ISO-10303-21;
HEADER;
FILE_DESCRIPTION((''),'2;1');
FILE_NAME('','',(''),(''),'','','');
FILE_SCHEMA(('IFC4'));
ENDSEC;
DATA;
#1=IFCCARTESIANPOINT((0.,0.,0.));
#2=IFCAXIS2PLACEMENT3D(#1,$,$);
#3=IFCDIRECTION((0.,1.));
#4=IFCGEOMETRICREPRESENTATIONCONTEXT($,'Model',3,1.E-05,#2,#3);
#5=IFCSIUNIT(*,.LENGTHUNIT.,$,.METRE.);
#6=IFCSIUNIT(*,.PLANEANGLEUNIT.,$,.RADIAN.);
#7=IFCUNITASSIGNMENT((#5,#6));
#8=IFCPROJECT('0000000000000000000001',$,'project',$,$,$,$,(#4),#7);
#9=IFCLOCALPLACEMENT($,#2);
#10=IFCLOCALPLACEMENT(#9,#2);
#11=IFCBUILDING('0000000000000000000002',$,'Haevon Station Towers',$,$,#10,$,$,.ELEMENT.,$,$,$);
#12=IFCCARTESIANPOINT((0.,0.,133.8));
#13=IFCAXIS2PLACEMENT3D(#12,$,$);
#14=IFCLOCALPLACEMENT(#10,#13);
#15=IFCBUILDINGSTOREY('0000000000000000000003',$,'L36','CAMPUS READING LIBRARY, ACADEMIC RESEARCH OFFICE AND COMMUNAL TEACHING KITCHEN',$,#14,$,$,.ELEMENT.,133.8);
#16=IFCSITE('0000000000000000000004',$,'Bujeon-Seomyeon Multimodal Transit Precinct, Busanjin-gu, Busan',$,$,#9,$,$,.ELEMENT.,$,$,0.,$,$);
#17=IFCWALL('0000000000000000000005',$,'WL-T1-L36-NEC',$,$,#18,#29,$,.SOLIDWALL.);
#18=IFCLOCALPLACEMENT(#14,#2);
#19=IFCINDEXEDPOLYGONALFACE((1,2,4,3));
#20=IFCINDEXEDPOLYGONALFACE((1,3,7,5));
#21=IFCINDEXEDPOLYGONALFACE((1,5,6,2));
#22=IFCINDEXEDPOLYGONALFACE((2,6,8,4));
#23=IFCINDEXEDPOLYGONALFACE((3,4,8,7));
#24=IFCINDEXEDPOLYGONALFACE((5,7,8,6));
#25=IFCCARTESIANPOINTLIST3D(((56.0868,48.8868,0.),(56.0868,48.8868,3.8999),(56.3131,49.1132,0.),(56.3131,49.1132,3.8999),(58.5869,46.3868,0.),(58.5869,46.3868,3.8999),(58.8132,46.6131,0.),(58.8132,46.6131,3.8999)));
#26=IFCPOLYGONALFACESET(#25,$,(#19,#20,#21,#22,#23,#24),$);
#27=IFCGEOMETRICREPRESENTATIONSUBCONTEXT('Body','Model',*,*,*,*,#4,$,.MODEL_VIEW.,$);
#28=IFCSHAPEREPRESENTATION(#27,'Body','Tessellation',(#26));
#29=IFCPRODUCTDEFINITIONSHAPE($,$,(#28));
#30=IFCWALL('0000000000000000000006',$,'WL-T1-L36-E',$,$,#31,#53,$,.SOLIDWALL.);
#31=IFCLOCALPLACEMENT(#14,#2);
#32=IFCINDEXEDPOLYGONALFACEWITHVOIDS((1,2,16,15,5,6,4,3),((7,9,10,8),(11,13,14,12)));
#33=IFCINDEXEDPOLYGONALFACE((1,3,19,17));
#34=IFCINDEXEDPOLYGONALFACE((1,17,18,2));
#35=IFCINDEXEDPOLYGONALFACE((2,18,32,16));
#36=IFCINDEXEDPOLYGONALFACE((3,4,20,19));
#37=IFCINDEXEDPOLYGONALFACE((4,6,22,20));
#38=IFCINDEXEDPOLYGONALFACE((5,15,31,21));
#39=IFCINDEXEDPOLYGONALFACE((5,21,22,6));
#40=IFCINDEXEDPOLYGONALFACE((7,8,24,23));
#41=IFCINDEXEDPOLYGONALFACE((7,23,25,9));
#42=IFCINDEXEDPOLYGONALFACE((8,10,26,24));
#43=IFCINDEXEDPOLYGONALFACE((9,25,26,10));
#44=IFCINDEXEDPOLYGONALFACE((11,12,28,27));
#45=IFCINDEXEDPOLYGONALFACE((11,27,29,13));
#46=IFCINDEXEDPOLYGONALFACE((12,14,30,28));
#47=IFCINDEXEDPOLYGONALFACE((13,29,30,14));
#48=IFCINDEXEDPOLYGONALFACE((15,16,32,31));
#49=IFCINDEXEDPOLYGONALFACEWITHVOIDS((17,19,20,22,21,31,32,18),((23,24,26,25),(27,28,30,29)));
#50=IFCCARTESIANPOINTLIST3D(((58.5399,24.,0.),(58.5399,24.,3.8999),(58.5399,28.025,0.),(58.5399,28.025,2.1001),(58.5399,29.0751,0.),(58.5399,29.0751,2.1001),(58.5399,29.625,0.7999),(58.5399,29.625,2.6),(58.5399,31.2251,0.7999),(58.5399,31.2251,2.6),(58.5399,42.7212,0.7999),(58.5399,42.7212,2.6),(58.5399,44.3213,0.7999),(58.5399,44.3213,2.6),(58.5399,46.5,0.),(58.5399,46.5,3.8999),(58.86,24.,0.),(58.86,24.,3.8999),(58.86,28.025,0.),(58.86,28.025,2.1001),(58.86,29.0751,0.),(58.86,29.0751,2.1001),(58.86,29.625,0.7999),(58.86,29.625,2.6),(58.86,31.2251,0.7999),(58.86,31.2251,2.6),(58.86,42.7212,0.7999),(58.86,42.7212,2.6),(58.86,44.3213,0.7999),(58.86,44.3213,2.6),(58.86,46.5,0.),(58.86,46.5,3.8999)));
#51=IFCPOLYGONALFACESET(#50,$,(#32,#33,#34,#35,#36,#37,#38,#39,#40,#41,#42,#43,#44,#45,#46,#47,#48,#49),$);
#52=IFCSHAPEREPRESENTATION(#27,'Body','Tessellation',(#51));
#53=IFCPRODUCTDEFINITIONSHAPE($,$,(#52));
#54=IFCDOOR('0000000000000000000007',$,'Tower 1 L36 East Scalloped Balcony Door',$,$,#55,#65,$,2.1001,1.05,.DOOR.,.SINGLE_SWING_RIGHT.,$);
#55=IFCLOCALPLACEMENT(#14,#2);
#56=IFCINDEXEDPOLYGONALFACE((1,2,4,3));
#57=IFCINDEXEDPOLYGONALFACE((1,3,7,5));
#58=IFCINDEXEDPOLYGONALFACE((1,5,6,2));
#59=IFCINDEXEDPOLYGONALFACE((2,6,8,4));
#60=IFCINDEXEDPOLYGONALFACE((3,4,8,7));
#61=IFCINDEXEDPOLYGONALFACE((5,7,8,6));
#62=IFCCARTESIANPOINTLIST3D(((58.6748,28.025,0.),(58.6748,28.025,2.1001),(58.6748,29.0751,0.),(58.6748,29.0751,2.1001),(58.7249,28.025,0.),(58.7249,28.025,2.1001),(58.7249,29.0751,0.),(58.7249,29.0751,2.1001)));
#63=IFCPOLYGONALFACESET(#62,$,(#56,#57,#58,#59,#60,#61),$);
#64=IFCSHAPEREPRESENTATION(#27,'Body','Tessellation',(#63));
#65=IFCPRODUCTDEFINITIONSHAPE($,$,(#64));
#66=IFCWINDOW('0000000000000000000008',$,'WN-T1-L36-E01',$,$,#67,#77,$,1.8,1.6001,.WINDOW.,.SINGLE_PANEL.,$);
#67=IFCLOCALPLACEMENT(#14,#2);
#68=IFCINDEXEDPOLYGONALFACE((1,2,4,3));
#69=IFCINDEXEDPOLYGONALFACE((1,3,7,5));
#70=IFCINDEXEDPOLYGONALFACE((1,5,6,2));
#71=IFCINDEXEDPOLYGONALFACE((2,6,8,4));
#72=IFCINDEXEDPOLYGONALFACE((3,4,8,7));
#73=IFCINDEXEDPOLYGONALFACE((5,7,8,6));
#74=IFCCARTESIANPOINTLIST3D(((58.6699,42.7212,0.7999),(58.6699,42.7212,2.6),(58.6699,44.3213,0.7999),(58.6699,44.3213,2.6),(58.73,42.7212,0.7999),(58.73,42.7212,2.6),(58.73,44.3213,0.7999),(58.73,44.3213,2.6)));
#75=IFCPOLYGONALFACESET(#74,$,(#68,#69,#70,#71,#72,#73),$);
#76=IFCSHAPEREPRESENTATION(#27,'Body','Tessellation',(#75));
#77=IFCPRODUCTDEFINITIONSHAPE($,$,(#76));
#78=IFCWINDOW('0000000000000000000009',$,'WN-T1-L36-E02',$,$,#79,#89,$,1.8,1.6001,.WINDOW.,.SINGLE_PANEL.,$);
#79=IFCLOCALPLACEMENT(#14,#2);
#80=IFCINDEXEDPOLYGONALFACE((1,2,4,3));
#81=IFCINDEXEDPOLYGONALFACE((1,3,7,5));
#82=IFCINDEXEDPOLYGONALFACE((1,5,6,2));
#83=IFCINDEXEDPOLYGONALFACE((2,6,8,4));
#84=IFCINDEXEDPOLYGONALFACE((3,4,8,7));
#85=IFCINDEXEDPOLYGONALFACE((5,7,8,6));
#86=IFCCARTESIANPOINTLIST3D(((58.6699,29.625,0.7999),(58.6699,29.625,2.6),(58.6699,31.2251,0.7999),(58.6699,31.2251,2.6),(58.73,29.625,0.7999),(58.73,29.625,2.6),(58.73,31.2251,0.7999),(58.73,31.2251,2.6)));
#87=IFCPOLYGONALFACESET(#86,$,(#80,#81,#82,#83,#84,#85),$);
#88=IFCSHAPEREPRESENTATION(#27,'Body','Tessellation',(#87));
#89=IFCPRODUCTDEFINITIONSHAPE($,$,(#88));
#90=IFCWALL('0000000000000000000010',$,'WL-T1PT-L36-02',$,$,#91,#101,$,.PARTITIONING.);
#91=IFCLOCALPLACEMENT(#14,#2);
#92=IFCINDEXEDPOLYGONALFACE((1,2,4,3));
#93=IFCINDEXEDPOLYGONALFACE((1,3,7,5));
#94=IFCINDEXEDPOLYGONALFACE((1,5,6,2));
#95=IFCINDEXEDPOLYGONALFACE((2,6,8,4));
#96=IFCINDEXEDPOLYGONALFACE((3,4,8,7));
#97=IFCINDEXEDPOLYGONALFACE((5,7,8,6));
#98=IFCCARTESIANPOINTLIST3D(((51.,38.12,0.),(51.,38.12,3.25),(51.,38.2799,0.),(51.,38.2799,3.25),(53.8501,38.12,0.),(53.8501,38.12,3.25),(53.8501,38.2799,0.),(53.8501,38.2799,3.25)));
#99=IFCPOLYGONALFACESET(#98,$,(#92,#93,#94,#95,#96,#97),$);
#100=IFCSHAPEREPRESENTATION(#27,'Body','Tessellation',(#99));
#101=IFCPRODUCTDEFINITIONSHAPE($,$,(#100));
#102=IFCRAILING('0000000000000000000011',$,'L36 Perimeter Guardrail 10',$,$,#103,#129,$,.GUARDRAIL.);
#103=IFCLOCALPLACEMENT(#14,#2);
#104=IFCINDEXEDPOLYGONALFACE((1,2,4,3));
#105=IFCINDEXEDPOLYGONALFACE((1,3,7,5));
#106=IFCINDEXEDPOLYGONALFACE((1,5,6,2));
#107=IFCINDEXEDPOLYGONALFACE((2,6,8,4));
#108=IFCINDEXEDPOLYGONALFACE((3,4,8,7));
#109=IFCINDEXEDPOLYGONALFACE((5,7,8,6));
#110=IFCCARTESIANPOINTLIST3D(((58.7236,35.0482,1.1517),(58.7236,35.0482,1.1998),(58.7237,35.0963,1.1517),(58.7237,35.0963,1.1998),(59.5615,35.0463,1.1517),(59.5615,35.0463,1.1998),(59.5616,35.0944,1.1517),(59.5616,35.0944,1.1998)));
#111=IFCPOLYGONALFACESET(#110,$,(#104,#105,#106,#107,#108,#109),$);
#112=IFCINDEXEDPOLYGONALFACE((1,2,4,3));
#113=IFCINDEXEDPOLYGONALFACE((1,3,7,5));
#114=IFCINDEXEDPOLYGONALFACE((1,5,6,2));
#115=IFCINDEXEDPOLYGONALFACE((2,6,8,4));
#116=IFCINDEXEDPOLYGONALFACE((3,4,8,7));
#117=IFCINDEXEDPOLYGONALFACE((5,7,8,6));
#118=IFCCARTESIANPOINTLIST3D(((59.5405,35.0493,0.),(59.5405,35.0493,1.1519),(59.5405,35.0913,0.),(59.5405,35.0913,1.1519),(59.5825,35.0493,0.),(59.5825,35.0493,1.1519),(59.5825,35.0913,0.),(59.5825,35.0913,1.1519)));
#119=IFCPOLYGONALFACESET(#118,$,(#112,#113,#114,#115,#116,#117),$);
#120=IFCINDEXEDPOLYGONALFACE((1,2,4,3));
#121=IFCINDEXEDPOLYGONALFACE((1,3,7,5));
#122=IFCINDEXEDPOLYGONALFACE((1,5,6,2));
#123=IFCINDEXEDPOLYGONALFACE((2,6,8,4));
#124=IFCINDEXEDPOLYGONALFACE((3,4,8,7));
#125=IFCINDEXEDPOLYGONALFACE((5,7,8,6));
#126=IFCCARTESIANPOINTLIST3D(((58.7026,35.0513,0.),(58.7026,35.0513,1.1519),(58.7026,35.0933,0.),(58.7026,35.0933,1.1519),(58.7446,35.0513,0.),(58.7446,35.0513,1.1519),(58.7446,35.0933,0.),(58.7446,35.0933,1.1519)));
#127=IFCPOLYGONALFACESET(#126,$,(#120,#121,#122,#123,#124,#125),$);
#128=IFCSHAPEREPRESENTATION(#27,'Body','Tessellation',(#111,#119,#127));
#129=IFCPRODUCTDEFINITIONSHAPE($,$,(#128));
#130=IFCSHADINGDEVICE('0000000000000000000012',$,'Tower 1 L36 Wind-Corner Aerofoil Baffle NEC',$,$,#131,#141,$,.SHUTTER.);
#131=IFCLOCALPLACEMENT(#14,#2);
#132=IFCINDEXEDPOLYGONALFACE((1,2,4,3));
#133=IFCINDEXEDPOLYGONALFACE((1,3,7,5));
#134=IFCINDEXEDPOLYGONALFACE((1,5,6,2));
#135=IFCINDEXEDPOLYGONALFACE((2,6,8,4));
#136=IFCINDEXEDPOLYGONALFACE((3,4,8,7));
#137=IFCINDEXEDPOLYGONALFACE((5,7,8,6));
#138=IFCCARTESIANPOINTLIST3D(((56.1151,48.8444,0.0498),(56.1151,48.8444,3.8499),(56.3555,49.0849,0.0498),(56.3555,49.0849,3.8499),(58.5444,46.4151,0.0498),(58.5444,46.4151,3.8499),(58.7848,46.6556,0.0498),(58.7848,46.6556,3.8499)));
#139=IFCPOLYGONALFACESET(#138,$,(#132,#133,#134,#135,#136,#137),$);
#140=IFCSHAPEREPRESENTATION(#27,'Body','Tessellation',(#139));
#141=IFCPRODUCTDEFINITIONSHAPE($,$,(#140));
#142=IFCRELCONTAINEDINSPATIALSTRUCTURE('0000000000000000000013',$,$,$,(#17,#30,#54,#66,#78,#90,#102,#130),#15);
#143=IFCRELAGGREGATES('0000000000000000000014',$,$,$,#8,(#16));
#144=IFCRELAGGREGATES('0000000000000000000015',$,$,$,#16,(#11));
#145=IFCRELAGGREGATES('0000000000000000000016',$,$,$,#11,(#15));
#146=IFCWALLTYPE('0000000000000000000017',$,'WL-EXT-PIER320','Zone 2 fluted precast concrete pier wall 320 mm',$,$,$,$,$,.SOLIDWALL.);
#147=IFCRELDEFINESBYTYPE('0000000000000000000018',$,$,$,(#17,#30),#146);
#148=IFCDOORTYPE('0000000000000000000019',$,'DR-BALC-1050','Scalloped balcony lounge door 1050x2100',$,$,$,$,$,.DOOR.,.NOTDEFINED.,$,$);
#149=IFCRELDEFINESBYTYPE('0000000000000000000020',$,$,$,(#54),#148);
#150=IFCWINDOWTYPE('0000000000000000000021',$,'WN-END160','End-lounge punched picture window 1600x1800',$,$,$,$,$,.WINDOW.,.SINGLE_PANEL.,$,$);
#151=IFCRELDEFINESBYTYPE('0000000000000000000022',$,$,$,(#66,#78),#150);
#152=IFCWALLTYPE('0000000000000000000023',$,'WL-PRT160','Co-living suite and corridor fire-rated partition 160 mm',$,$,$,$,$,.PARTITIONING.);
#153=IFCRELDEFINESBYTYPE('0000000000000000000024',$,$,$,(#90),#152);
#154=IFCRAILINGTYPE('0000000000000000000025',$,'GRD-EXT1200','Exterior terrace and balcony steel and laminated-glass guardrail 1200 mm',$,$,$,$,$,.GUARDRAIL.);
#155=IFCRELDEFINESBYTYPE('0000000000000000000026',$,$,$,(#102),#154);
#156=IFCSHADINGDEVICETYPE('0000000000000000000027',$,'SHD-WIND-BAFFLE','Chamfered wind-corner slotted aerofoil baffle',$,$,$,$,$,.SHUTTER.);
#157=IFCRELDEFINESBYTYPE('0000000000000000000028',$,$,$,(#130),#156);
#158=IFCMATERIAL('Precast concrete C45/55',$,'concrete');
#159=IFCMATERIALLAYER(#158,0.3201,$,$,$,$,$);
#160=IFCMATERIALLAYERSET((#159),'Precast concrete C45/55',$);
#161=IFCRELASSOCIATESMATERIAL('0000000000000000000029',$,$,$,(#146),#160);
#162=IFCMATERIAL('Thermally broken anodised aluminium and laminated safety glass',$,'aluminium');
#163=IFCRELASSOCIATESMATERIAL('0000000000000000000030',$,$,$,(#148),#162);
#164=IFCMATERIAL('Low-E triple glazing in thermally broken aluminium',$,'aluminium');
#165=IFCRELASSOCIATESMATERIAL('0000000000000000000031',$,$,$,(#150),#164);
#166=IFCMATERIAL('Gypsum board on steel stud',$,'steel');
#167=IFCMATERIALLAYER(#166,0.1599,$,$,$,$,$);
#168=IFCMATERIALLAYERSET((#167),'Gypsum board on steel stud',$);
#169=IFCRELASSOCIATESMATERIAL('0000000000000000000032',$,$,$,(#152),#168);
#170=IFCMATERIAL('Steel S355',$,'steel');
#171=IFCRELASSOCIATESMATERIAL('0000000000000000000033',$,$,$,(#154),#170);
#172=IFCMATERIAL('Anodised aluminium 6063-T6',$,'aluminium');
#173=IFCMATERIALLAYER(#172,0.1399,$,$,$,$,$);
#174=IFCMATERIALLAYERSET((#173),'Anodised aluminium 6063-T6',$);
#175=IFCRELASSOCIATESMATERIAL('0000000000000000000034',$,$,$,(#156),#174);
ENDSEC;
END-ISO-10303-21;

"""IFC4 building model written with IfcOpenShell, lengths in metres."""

from ifc_helpers import new_model, si_unit, direction, frame, frame_2d, origin, origin_2d, place, context, subcontext, project, spatial, rectangle, extrude, material, layer, layer_set, type_object, element, fill, save


model = new_model("IFC4")

# Units and contexts
model_context = context("Model", 3, precision=1e-05, world=origin(), true_north=direction((0.0, 1.0)))
body_context = subcontext(model_context, "Body", "Model", "MODEL_VIEW")
ifc_project = project(units=[si_unit("LENGTHUNIT", "METRE"), si_unit("PLANEANGLEUNIT", "RADIAN")], contexts=[model_context])

# Site, building, storey
site_placement = place(None, origin())
site = spatial("IfcSite", under=ifc_project, at=site_placement, Name="Bujeon-Seomyeon Multimodal Transit Precinct, Busanjin-gu, Busan", CompositionType="ELEMENT", RefElevation=0.0)
building_placement = place(site_placement, origin())
building = spatial("IfcBuilding", under=site, at=building_placement, Name="Haevon Station Towers", CompositionType="ELEMENT")
storey_placement = place(building_placement, frame((0.0, 0.0, 133.8)))
storey = spatial("IfcBuildingStorey", under=building, at=storey_placement, Name="L36", Description="CAMPUS READING LIBRARY, ACADEMIC RESEARCH OFFICE AND COMMUNAL TEACHING KITCHEN", CompositionType="ELEMENT", Elevation=133.8)

# Shared definitions
ifc_material_1 = material(Name="Steel S355", Category="steel")

# Wall
ifc_material_2 = material(Name="Precast concrete C45/55", Category="concrete")
ifc_layer_1 = layer(ifc_material_2, 0.3201)
ifc_layer_set_1 = layer_set([ifc_layer_1], Name="Precast concrete C45/55")
wall_type_1 = type_object("IfcWallType", Name="WL-EXT-PIER320", Description="Zone 2 fluted precast concrete pier wall 320 mm", PredefinedType="SOLIDWALL", material=ifc_layer_set_1)
wall_1_placement = place(storey_placement, frame((56.2, 49.0, 0.0), z_axis=(0.0, 0.0, 1.0), x_axis=(0.707107, -0.707107, 0.0)))
element("IfcWall", 1, at=wall_1_placement, inside=storey, type_object=wall_type_1, Name="WL-T1-L36-NEC", PredefinedType="SOLIDWALL", context=body_context, shape_type="SweptSolid", body=[
    extrude(rectangle(XDim=3.5356, YDim=0.3201, at=frame_2d((1.7678, 0.0))), origin(), (0.0, 0.0, 1.0), 3.8999),
])

# Wall, openings, door, windows
wall_2_placement = place(storey_placement, frame((58.7, 46.5, 0.0), z_axis=(0.0, 0.0, 1.0), x_axis=(0.0, -1.0, 0.0)))
wall_2 = element("IfcWall", 2, at=wall_2_placement, inside=storey, type_object=wall_type_1, Name="WL-T1-L36-E", PredefinedType="SOLIDWALL", context=body_context, shape_type="SweptSolid", body=[
    extrude(rectangle(XDim=22.5, YDim=0.3201, at=frame_2d((11.25, 0.0))), origin(), (0.0, 0.0, 1.0), 3.8999),
])
opening_1_placement = place(wall_2_placement, frame((17.425, 0.0, 0.0)))
opening_1 = element("IfcOpeningElement", 3, at=opening_1_placement, cuts=wall_2, PredefinedType="OPENING", context=body_context, shape_type="SweptSolid", body=[
    extrude(rectangle(XDim=1.05, YDim=2.1001, at=frame_2d((0.5249, 1.05))), frame((0.0, 0.1699, 0.0), z_axis=(0.0, -1.0, 0.0), x_axis=(1.0, 0.0, 0.0)), (0.0, 0.0, 1.0), 0.3401),
])
opening_2_placement = place(wall_2_placement, frame((2.1787, 0.0, 0.8)))
opening_2 = element("IfcOpeningElement", 4, at=opening_2_placement, cuts=wall_2, PredefinedType="OPENING", context=body_context, shape_type="SweptSolid", body=[
    extrude(rectangle(XDim=1.6001, YDim=1.8, at=frame_2d((0.8, 0.8999))), frame((0.0, 0.1699, 0.0), z_axis=(0.0, -1.0, 0.0), x_axis=(1.0, 0.0, 0.0)), (0.0, 0.0, 1.0), 0.3401),
])
opening_3_placement = place(wall_2_placement, frame((15.2749, 0.0, 0.8)))
opening_3 = element("IfcOpeningElement", 5, at=opening_3_placement, cuts=wall_2, PredefinedType="OPENING", context=body_context, shape_type="SweptSolid", body=[
    extrude(rectangle(XDim=1.6001, YDim=1.8, at=frame_2d((0.8, 0.8999))), frame((0.0, 0.1699, 0.0), z_axis=(0.0, -1.0, 0.0), x_axis=(1.0, 0.0, 0.0)), (0.0, 0.0, 1.0), 0.3401),
])
ifc_material_3 = material(Name="Thermally broken anodised aluminium and laminated safety glass", Category="aluminium")
door_type = type_object("IfcDoorType", Name="DR-BALC-1050", Description="Scalloped balcony lounge door 1050x2100", OperationType="NOTDEFINED", PredefinedType="DOOR", material=ifc_material_3)
door_placement = place(opening_1_placement, origin())
door = element("IfcDoor", 6, at=door_placement, inside=storey, type_object=door_type, Name="Tower 1 L36 East Scalloped Balcony Door", OperationType="SINGLE_SWING_RIGHT", OverallHeight=2.1001, OverallWidth=1.05, PredefinedType="DOOR", context=body_context, shape_type="SweptSolid", body=[
    extrude(rectangle(XDim=1.05, YDim=2.1001, at=frame_2d((0.5249, 1.05))), frame((0.0, 0.0249, 0.0), z_axis=(0.0, -1.0, 0.0), x_axis=(1.0, 0.0, 0.0)), (0.0, 0.0, 1.0), 0.05),
])
fill(opening_1, door)
ifc_material_4 = material(Name="Low-E triple glazing in thermally broken aluminium", Category="aluminium")
window_type = type_object("IfcWindowType", Name="WN-END160", Description="End-lounge punched picture window 1600x1800", PartitioningType="SINGLE_PANEL", PredefinedType="WINDOW", material=ifc_material_4)
window_1_placement = place(opening_2_placement, origin())
window_1 = element("IfcWindow", 7, at=window_1_placement, inside=storey, type_object=window_type, Name="WN-T1-L36-E01", OverallHeight=1.8, OverallWidth=1.6001, PartitioningType="SINGLE_PANEL", PredefinedType="WINDOW", context=body_context, shape_type="SweptSolid", body=[
    extrude(rectangle(XDim=1.6001, YDim=1.8, at=frame_2d((0.8, 0.8999))), frame((0.0, 0.03, 0.0), z_axis=(0.0, -1.0, 0.0), x_axis=(1.0, 0.0, 0.0)), (0.0, 0.0, 1.0), 0.0601),
])
fill(opening_2, window_1)
window_2_placement = place(opening_3_placement, origin())
window_2 = element("IfcWindow", 8, at=window_2_placement, inside=storey, type_object=window_type, Name="WN-T1-L36-E02", OverallHeight=1.8, OverallWidth=1.6001, PartitioningType="SINGLE_PANEL", PredefinedType="WINDOW", context=body_context, shape_type="SweptSolid", body=[
    extrude(rectangle(XDim=1.6001, YDim=1.8, at=frame_2d((0.8, 0.8999))), frame((0.0, 0.03, 0.0), z_axis=(0.0, -1.0, 0.0), x_axis=(1.0, 0.0, 0.0)), (0.0, 0.0, 1.0), 0.0601),
])
fill(opening_3, window_2)

# Wall
ifc_material_5 = material(Name="Gypsum board on steel stud", Category="steel")
ifc_layer_2 = layer(ifc_material_5, 0.1599)
ifc_layer_set_2 = layer_set([ifc_layer_2], Name="Gypsum board on steel stud")
wall_type_2 = type_object("IfcWallType", Name="WL-PRT160", Description="Co-living suite and corridor fire-rated partition 160 mm", PredefinedType="PARTITIONING", material=ifc_layer_set_2)
wall_3_placement = place(storey_placement, frame((51.0, 38.2, 0.0), z_axis=(0.0, 0.0, 1.0), x_axis=(1.0, 0.0, 0.0)))
element("IfcWall", 9, at=wall_3_placement, inside=storey, type_object=wall_type_2, Name="WL-T1PT-L36-02", PredefinedType="PARTITIONING", context=body_context, shape_type="SweptSolid", body=[
    extrude(rectangle(XDim=2.8501, YDim=0.1599, at=frame_2d((1.425, 0.0))), origin(), (0.0, 0.0, 1.0), 3.25),
])

# Railing
railing_type = type_object("IfcRailingType", Name="GRD-EXT1200", Description="Exterior terrace and balcony steel and laminated-glass guardrail 1200 mm", PredefinedType="GUARDRAIL", material=ifc_material_1)
railing_placement = place(storey_placement, frame((59.5615, 35.0703, 0.0)))
element("IfcRailing", 10, at=railing_placement, inside=storey, type_object=railing_type, Name="L36 Perimeter Guardrail 10", PredefinedType="GUARDRAIL", context=body_context, shape_type="SweptSolid", body=[
    extrude(rectangle(XDim=0.0481, YDim=0.0481, at=origin_2d()), frame((0.0, 0.0, 1.1758), z_axis=(-0.999997, 0.002331, 0.0), x_axis=(-0.002331, -0.999997, 0.0)), (0.0, 0.0, 1.0), 0.8379),
    extrude(rectangle(XDim=0.042, YDim=0.042, at=origin_2d()), origin(), (0.0, 0.0, 1.0), 1.1519),
    extrude(rectangle(XDim=0.042, YDim=0.042, at=origin_2d()), frame((-0.8379, 0.002, 0.0)), (0.0, 0.0, 1.0), 1.1519),
])

# Shading device
ifc_material_6 = material(Name="Anodised aluminium 6063-T6", Category="aluminium")
ifc_layer_3 = layer(ifc_material_6, 0.1399)
ifc_layer_set_3 = layer_set([ifc_layer_3], Name="Anodised aluminium 6063-T6")
shading_device_type = type_object("IfcShadingDeviceType", Name="SHD-WIND-BAFFLE", Description="Chamfered wind-corner slotted aerofoil baffle", PredefinedType="SHUTTER", material=ifc_layer_set_3)
shading_device_placement = place(storey_placement, frame((57.45, 47.75, 0.0498), z_axis=(0.0, 0.0, 1.0), x_axis=(0.707107, -0.707107, 0.0)))
element("IfcShadingDevice", 11, at=shading_device_placement, inside=storey, type_object=shading_device_type, Name="Tower 1 L36 Wind-Corner Aerofoil Baffle NEC", PredefinedType="SHUTTER", context=body_context, shape_type="SweptSolid", body=[
    extrude(rectangle(XDim=3.4355, YDim=0.3401, at=origin_2d()), origin(), (0.0, 0.0, 1.0), 3.8),
])

save(model, "model.ifc")
